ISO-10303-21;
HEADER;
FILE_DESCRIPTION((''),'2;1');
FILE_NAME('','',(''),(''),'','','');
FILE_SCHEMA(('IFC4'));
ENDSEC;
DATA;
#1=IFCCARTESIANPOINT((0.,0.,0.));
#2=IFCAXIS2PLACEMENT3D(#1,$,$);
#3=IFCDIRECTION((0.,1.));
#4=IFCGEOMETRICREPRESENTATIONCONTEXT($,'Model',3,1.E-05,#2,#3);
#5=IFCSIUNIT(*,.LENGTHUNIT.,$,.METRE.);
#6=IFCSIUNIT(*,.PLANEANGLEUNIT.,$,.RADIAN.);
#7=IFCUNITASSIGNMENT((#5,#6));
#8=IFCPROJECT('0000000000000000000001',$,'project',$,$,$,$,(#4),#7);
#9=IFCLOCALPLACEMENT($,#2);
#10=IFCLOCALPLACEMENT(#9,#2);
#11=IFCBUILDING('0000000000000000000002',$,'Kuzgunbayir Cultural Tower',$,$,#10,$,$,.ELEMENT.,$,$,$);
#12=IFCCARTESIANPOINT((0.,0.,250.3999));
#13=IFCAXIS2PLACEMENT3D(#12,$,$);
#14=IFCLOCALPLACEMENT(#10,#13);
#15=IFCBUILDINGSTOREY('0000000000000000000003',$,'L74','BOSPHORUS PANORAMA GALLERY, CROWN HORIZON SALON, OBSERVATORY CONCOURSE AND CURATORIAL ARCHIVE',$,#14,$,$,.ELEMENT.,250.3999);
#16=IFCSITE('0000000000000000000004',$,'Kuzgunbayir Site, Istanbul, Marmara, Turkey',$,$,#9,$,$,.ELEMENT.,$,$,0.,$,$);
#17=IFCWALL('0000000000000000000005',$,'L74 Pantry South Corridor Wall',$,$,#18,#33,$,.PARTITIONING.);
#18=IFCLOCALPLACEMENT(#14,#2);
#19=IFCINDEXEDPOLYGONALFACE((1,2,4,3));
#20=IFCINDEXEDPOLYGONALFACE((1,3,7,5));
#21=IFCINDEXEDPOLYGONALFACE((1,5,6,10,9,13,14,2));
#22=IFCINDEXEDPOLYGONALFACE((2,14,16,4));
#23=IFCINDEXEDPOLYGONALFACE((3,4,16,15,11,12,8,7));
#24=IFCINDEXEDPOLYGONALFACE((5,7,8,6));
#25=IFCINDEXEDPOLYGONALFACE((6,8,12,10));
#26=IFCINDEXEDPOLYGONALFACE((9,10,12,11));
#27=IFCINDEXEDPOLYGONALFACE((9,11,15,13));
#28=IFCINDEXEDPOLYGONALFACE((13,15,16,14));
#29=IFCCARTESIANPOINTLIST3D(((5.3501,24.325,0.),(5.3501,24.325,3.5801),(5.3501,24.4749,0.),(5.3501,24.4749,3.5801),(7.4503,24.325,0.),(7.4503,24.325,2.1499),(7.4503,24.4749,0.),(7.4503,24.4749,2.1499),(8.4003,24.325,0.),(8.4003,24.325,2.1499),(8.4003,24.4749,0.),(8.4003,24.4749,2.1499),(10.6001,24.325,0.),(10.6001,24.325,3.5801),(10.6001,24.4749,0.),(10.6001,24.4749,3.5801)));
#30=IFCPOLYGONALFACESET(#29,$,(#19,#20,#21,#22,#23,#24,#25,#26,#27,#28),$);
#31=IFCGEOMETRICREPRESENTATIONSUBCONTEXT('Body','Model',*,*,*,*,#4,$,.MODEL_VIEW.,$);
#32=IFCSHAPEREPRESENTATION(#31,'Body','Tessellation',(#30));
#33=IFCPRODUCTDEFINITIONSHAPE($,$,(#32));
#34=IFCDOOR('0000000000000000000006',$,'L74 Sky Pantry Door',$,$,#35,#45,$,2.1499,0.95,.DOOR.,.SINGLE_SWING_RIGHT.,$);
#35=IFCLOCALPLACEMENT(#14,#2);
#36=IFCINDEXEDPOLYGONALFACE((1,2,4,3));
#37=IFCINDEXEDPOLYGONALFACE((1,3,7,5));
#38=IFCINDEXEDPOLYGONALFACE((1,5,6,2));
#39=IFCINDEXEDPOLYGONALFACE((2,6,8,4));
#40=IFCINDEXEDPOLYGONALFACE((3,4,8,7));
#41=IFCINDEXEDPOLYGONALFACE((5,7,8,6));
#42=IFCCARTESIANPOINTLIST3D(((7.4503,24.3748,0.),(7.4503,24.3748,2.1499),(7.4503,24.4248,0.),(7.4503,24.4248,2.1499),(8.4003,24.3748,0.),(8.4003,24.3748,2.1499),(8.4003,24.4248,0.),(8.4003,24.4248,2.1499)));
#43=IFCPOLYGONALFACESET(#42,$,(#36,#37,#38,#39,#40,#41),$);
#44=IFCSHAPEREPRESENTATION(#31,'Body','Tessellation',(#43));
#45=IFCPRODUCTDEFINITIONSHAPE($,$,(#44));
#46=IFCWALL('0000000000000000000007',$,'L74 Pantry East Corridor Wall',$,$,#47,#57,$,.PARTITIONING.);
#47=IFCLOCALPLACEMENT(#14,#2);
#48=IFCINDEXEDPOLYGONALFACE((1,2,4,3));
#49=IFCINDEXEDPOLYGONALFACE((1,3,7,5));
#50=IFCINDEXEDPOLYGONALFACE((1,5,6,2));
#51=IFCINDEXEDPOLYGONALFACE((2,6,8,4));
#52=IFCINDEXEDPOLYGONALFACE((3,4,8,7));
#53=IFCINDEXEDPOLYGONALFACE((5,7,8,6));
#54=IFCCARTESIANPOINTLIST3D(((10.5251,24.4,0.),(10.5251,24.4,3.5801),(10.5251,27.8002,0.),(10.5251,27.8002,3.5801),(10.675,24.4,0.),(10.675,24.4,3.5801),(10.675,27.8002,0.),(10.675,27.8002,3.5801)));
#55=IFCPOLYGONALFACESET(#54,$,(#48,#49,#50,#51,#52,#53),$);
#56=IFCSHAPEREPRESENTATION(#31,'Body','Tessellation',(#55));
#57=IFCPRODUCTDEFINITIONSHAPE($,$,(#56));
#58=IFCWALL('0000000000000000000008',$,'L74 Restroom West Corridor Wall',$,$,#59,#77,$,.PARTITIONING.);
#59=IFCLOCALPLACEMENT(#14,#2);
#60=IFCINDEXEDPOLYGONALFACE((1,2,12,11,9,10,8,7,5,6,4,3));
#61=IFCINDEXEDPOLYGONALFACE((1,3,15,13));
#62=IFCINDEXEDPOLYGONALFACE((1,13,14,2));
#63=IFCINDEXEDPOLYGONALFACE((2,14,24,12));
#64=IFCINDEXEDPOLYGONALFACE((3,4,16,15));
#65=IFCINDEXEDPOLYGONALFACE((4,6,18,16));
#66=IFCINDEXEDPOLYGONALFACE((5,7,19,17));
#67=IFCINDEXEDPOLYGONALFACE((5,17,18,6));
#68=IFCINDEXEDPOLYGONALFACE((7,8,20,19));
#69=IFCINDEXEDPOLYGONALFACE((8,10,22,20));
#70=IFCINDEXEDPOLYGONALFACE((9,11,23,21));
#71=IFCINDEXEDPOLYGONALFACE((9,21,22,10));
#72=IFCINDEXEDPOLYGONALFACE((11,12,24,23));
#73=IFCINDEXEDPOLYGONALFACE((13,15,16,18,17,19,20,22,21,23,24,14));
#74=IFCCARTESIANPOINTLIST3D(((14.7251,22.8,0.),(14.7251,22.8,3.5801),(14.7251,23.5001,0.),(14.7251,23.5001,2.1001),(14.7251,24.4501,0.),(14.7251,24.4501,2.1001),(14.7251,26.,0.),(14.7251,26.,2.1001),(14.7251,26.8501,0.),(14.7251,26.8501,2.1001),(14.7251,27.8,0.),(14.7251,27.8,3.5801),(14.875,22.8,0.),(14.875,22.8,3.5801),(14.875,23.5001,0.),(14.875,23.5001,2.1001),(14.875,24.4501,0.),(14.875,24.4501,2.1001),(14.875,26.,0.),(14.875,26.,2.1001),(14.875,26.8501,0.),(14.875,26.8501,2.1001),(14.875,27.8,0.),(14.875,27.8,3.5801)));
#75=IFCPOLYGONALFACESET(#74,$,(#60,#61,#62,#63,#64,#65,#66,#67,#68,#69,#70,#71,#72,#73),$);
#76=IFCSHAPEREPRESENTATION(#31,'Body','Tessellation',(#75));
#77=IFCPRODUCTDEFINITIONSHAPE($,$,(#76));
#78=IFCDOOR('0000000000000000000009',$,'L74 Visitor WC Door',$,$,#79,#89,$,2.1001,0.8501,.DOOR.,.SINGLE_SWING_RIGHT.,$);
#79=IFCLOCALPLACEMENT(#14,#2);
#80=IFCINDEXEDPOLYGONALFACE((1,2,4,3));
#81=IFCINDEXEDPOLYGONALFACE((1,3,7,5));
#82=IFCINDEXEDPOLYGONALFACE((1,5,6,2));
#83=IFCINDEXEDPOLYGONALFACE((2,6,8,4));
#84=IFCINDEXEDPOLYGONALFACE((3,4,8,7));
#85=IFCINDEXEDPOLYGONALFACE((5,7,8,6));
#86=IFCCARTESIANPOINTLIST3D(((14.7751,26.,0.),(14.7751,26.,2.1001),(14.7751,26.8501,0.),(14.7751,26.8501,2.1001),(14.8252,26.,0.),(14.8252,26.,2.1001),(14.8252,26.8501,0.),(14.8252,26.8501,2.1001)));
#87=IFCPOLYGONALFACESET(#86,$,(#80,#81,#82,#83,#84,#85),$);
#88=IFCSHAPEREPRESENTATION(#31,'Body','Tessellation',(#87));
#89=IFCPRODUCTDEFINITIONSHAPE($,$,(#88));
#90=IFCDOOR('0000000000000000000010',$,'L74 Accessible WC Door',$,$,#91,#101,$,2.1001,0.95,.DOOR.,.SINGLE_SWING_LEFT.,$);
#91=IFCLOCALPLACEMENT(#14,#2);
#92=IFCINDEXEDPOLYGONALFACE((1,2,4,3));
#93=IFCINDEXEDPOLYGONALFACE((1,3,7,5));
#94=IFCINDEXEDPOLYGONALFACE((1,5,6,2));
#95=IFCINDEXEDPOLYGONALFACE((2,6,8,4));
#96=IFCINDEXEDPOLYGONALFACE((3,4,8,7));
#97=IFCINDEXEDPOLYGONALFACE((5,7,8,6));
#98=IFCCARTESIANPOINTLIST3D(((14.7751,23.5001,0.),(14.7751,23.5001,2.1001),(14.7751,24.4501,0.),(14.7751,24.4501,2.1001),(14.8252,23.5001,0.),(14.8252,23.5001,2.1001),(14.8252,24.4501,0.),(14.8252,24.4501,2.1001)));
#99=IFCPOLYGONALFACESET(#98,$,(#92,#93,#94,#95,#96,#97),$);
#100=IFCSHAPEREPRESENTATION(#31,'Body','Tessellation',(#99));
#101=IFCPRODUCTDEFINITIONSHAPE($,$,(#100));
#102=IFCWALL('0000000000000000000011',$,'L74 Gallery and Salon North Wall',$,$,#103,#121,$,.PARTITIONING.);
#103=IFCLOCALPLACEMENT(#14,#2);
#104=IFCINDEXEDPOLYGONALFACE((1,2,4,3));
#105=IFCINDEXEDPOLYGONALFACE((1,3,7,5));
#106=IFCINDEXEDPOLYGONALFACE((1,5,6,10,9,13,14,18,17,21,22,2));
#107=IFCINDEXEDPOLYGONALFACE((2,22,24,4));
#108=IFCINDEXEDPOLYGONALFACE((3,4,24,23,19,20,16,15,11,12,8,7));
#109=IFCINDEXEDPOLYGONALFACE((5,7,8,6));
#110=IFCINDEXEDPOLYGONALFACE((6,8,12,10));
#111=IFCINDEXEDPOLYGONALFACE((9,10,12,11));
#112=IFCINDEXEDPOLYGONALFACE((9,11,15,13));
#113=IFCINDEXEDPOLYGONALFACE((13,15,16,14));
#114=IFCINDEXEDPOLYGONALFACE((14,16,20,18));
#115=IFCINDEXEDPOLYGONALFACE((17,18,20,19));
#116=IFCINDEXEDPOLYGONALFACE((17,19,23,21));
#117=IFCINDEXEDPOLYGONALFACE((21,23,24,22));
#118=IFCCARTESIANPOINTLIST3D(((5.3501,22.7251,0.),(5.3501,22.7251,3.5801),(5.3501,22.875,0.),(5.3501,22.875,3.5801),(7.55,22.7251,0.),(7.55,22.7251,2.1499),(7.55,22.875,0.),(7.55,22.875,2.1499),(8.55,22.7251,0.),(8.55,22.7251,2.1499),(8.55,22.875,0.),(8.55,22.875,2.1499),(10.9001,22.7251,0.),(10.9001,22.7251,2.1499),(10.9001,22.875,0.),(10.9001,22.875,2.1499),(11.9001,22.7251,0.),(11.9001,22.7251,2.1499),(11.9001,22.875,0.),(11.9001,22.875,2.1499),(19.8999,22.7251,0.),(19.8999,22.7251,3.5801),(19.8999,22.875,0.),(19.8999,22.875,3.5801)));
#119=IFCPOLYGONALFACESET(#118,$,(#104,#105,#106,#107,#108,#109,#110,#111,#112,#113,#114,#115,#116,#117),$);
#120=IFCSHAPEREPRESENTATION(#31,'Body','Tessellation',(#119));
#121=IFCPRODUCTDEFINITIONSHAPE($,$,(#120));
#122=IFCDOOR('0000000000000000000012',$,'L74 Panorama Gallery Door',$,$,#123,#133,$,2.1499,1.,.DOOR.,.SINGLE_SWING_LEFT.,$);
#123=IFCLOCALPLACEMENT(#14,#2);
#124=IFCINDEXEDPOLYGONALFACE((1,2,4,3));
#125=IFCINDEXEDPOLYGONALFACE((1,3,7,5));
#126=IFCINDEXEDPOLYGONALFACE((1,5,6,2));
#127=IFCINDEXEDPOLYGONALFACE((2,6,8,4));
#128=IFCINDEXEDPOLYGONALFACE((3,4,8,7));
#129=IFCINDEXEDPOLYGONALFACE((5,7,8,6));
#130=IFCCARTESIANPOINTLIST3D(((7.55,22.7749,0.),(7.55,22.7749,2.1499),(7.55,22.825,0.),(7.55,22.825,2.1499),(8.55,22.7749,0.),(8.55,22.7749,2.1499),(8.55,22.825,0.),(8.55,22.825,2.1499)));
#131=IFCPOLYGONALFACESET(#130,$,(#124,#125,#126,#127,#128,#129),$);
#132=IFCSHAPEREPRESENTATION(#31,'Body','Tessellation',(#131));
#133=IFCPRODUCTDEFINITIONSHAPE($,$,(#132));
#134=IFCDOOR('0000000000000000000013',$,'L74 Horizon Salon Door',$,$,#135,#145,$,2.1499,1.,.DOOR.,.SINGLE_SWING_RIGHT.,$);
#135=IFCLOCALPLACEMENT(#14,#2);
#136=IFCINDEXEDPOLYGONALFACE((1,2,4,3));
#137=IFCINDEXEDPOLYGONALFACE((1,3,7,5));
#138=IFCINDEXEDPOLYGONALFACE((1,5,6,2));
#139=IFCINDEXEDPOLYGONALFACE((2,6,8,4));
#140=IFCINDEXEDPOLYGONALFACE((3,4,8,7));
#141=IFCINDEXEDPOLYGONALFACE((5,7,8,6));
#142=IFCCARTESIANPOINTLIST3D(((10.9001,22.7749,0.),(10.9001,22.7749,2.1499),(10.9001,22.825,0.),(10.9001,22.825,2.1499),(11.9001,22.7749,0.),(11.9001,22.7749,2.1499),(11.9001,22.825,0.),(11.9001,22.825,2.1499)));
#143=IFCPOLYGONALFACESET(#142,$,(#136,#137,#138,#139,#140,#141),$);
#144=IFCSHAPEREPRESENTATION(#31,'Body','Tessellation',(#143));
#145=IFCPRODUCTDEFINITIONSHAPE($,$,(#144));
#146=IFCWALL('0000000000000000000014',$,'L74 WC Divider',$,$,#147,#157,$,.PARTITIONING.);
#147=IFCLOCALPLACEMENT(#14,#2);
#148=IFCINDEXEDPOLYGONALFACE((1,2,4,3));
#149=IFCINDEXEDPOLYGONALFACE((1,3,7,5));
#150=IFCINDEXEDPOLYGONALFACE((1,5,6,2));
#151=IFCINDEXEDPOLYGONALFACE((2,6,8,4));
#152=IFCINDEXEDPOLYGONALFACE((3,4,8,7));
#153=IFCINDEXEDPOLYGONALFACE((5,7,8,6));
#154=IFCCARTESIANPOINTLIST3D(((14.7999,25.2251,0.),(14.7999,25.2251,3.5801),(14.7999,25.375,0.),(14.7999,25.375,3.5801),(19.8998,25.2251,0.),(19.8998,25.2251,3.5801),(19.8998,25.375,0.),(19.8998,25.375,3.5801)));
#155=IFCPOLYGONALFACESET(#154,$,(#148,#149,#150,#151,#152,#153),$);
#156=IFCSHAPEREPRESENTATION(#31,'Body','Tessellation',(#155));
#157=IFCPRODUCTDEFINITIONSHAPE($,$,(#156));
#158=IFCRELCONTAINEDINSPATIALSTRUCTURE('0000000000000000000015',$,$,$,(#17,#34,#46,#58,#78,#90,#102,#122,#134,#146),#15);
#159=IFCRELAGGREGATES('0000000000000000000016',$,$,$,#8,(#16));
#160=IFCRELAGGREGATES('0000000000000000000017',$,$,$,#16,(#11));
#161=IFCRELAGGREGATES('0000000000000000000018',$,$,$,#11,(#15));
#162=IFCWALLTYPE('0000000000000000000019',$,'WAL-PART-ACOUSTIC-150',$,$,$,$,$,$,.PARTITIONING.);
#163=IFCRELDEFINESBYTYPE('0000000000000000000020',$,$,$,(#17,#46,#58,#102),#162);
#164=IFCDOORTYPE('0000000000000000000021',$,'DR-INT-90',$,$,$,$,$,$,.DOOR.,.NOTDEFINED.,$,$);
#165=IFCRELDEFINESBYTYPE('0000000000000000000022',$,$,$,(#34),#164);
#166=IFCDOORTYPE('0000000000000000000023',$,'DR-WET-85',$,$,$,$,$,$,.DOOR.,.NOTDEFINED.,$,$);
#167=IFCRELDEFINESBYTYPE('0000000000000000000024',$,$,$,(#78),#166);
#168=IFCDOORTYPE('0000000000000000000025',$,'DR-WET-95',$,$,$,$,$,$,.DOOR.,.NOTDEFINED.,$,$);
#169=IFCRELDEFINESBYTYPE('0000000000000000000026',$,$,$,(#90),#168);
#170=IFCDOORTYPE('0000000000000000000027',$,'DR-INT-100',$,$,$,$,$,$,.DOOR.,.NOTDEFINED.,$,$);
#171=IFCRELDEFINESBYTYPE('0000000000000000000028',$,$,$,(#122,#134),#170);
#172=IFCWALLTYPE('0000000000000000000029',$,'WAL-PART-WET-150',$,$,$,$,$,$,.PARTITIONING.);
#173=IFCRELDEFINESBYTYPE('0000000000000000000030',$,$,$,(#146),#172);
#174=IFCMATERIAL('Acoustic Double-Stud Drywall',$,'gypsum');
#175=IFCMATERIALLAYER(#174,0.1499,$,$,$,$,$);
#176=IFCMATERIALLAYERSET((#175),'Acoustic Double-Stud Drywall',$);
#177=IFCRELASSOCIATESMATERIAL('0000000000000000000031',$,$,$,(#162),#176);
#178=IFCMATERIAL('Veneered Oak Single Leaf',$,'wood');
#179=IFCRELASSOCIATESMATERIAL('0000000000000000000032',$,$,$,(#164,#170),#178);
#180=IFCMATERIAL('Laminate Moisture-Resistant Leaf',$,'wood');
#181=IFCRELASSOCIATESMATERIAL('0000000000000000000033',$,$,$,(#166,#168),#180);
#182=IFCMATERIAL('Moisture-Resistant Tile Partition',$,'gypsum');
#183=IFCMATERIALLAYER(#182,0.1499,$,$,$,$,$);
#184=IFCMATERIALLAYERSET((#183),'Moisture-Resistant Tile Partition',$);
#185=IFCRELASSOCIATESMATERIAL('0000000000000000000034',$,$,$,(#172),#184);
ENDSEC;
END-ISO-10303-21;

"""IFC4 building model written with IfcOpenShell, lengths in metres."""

from ifc_helpers import new_model, si_unit, direction, frame, frame_2d, origin, place, context, subcontext, project, spatial, rectangle, extrude, material, layer, layer_set, type_object, element, fill, save


model = new_model("IFC4")

# Units and contexts
model_context = context("Model", 3, precision=1e-05, world=origin(), true_north=direction((0.0, 1.0)))
body_context = subcontext(model_context, "Body", "Model", "MODEL_VIEW")
ifc_project = project(units=[si_unit("LENGTHUNIT", "METRE"), si_unit("PLANEANGLEUNIT", "RADIAN")], contexts=[model_context])

# Site, building, storey
site_placement = place(None, origin())
site = spatial("IfcSite", under=ifc_project, at=site_placement, Name="Kuzgunbayir Site, Istanbul, Marmara, Turkey", CompositionType="ELEMENT", RefElevation=0.0)
building_placement = place(site_placement, origin())
building = spatial("IfcBuilding", under=site, at=building_placement, Name="Kuzgunbayir Cultural Tower", CompositionType="ELEMENT")
storey_placement = place(building_placement, frame((0.0, 0.0, 250.3999)))
storey = spatial("IfcBuildingStorey", under=building, at=storey_placement, Name="L74", Description="BOSPHORUS PANORAMA GALLERY, CROWN HORIZON SALON, OBSERVATORY CONCOURSE AND CURATORIAL ARCHIVE", CompositionType="ELEMENT", Elevation=250.3999)

# Shared definitions
ifc_material_1 = material(Name="Acoustic Double-Stud Drywall", Category="gypsum")
ifc_layer_1 = layer(ifc_material_1, 0.1499)
ifc_layer_set_1 = layer_set([ifc_layer_1], Name="Acoustic Double-Stud Drywall")
wall_type_1 = type_object("IfcWallType", Name="WAL-PART-ACOUSTIC-150", PredefinedType="PARTITIONING", material=ifc_layer_set_1)

# Wall, opening, door
wall_1_placement = place(storey_placement, frame((5.3501, 24.3999, 0.0), z_axis=(0.0, 0.0, 1.0), x_axis=(1.0, 0.0, 0.0)))
wall_1 = element("IfcWall", 1, at=wall_1_placement, inside=storey, type_object=wall_type_1, Name="L74 Pantry South Corridor Wall", PredefinedType="PARTITIONING", context=body_context, shape_type="SweptSolid", body=[
    extrude(rectangle(XDim=5.25, YDim=0.1499, at=frame_2d((2.625, 0.0))), origin(), (0.0, 0.0, 1.0), 3.5801),
])
opening_1_placement = place(wall_1_placement, frame((2.1001, 0.0, 0.0)))
opening_1 = element("IfcOpeningElement", 2, at=opening_1_placement, cuts=wall_1, PredefinedType="OPENING", context=body_context, shape_type="SweptSolid", body=[
    extrude(rectangle(XDim=0.95, YDim=2.1499, at=frame_2d((0.4751, 1.075))), frame((0.0, 0.085, 0.0), z_axis=(0.0, -1.0, 0.0), x_axis=(1.0, 0.0, 0.0)), (0.0, 0.0, 1.0), 0.1699),
])
ifc_material_2 = material(Name="Veneered Oak Single Leaf", Category="wood")
door_type_1 = type_object("IfcDoorType", Name="DR-INT-90", OperationType="NOTDEFINED", PredefinedType="DOOR", material=ifc_material_2)
door_1_placement = place(opening_1_placement, origin())
door_1 = element("IfcDoor", 3, at=door_1_placement, inside=storey, type_object=door_type_1, Name="L74 Sky Pantry Door", OperationType="SINGLE_SWING_RIGHT", OverallHeight=2.1499, OverallWidth=0.95, PredefinedType="DOOR", context=body_context, shape_type="SweptSolid", body=[
    extrude(rectangle(XDim=0.95, YDim=2.1499, at=frame_2d((0.4751, 1.075))), frame((0.0, 0.0249, 0.0), z_axis=(0.0, -1.0, 0.0), x_axis=(1.0, 0.0, 0.0)), (0.0, 0.0, 1.0), 0.05),
])
fill(opening_1, door_1)

# Wall
wall_2_placement = place(storey_placement, frame((10.6001, 24.3999, 0.0), z_axis=(0.0, 0.0, 1.0), x_axis=(0.0, 1.0, 0.0)))
element("IfcWall", 4, at=wall_2_placement, inside=storey, type_object=wall_type_1, Name="L74 Pantry East Corridor Wall", PredefinedType="PARTITIONING", context=body_context, shape_type="SweptSolid", body=[
    extrude(rectangle(XDim=3.4001, YDim=0.1499, at=frame_2d((1.7002, 0.0))), origin(), (0.0, 0.0, 1.0), 3.5801),
])

# Walls, openings, doors
wall_3_placement = place(storey_placement, frame((14.8, 22.8, 0.0), z_axis=(0.0, 0.0, 1.0), x_axis=(0.0, 1.0, 0.0)))
wall_3 = element("IfcWall", 5, at=wall_3_placement, inside=storey, type_object=wall_type_1, Name="L74 Restroom West Corridor Wall", PredefinedType="PARTITIONING", context=body_context, shape_type="SweptSolid", body=[
    extrude(rectangle(XDim=5.0, YDim=0.1499, at=frame_2d((2.5, 0.0))), origin(), (0.0, 0.0, 1.0), 3.5801),
])
opening_2_placement = place(wall_3_placement, frame((3.2, 0.0, 0.0)))
opening_2 = element("IfcOpeningElement", 6, at=opening_2_placement, cuts=wall_3, PredefinedType="OPENING", context=body_context, shape_type="SweptSolid", body=[
    extrude(rectangle(XDim=0.8501, YDim=2.1001, at=frame_2d((0.425, 1.05))), frame((0.0, 0.085, 0.0), z_axis=(0.0, -1.0, 0.0), x_axis=(1.0, 0.0, 0.0)), (0.0, 0.0, 1.0), 0.1699),
])
opening_3_placement = place(wall_3_placement, frame((0.7, 0.0, 0.0)))
opening_3 = element("IfcOpeningElement", 7, at=opening_3_placement, cuts=wall_3, PredefinedType="OPENING", context=body_context, shape_type="SweptSolid", body=[
    extrude(rectangle(XDim=0.95, YDim=2.1001, at=frame_2d((0.4751, 1.05))), frame((0.0, 0.085, 0.0), z_axis=(0.0, -1.0, 0.0), x_axis=(1.0, 0.0, 0.0)), (0.0, 0.0, 1.0), 0.1699),
])
ifc_material_3 = material(Name="Laminate Moisture-Resistant Leaf", Category="wood")
door_type_2 = type_object("IfcDoorType", Name="DR-WET-85", OperationType="NOTDEFINED", PredefinedType="DOOR", material=ifc_material_3)
door_2_placement = place(opening_2_placement, origin())
door_2 = element("IfcDoor", 8, at=door_2_placement, inside=storey, type_object=door_type_2, Name="L74 Visitor WC Door", OperationType="SINGLE_SWING_RIGHT", OverallHeight=2.1001, OverallWidth=0.8501, PredefinedType="DOOR", context=body_context, shape_type="SweptSolid", body=[
    extrude(rectangle(XDim=0.8501, YDim=2.1001, at=frame_2d((0.425, 1.05))), frame((0.0, 0.0249, 0.0), z_axis=(0.0, -1.0, 0.0), x_axis=(1.0, 0.0, 0.0)), (0.0, 0.0, 1.0), 0.05),
])
fill(opening_2, door_2)
door_type_3 = type_object("IfcDoorType", Name="DR-WET-95", OperationType="NOTDEFINED", PredefinedType="DOOR", material=ifc_material_3)
door_3_placement = place(opening_3_placement, origin())
door_3 = element("IfcDoor", 9, at=door_3_placement, inside=storey, type_object=door_type_3, Name="L74 Accessible WC Door", OperationType="SINGLE_SWING_LEFT", OverallHeight=2.1001, OverallWidth=0.95, PredefinedType="DOOR", context=body_context, shape_type="SweptSolid", body=[
    extrude(rectangle(XDim=0.95, YDim=2.1001, at=frame_2d((0.4751, 1.05))), frame((0.0, 0.0249, 0.0), z_axis=(0.0, -1.0, 0.0), x_axis=(1.0, 0.0, 0.0)), (0.0, 0.0, 1.0), 0.05),
])
fill(opening_3, door_3)
wall_4_placement = place(storey_placement, frame((5.3501, 22.8, 0.0), z_axis=(0.0, 0.0, 1.0), x_axis=(1.0, 0.0, 0.0)))
wall_4 = element("IfcWall", 10, at=wall_4_placement, inside=storey, type_object=wall_type_1, Name="L74 Gallery and Salon North Wall", PredefinedType="PARTITIONING", context=body_context, shape_type="SweptSolid", body=[
    extrude(rectangle(XDim=14.5498, YDim=0.1499, at=frame_2d((7.2749, 0.0))), origin(), (0.0, 0.0, 1.0), 3.5801),
])
opening_4_placement = place(wall_4_placement, frame((2.2, 0.0, 0.0)))
opening_4 = element("IfcOpeningElement", 11, at=opening_4_placement, cuts=wall_4, PredefinedType="OPENING", context=body_context, shape_type="SweptSolid", body=[
    extrude(rectangle(XDim=1.0, YDim=2.1499, at=frame_2d((0.5, 1.075))), frame((0.0, 0.085, 0.0), z_axis=(0.0, -1.0, 0.0), x_axis=(1.0, 0.0, 0.0)), (0.0, 0.0, 1.0), 0.1699),
])
opening_5_placement = place(wall_4_placement, frame((5.55, 0.0, 0.0)))
opening_5 = element("IfcOpeningElement", 12, at=opening_5_placement, cuts=wall_4, PredefinedType="OPENING", context=body_context, shape_type="SweptSolid", body=[
    extrude(rectangle(XDim=1.0, YDim=2.1499, at=frame_2d((0.5, 1.075))), frame((0.0, 0.085, 0.0), z_axis=(0.0, -1.0, 0.0), x_axis=(1.0, 0.0, 0.0)), (0.0, 0.0, 1.0), 0.1699),
])
door_type_4 = type_object("IfcDoorType", Name="DR-INT-100", OperationType="NOTDEFINED", PredefinedType="DOOR", material=ifc_material_2)
door_4_placement = place(opening_4_placement, origin())
door_4 = element("IfcDoor", 13, at=door_4_placement, inside=storey, type_object=door_type_4, Name="L74 Panorama Gallery Door", OperationType="SINGLE_SWING_LEFT", OverallHeight=2.1499, OverallWidth=1.0, PredefinedType="DOOR", context=body_context, shape_type="SweptSolid", body=[
    extrude(rectangle(XDim=1.0, YDim=2.1499, at=frame_2d((0.5, 1.075))), frame((0.0, 0.0249, 0.0), z_axis=(0.0, -1.0, 0.0), x_axis=(1.0, 0.0, 0.0)), (0.0, 0.0, 1.0), 0.05),
])
fill(opening_4, door_4)
door_5_placement = place(opening_5_placement, origin())
door_5 = element("IfcDoor", 14, at=door_5_placement, inside=storey, type_object=door_type_4, Name="L74 Horizon Salon Door", OperationType="SINGLE_SWING_RIGHT", OverallHeight=2.1499, OverallWidth=1.0, PredefinedType="DOOR", context=body_context, shape_type="SweptSolid", body=[
    extrude(rectangle(XDim=1.0, YDim=2.1499, at=frame_2d((0.5, 1.075))), frame((0.0, 0.0249, 0.0), z_axis=(0.0, -1.0, 0.0), x_axis=(1.0, 0.0, 0.0)), (0.0, 0.0, 1.0), 0.05),
])
fill(opening_5, door_5)

# Wall
ifc_material_4 = material(Name="Moisture-Resistant Tile Partition", Category="gypsum")
ifc_layer_2 = layer(ifc_material_4, 0.1499)
ifc_layer_set_2 = layer_set([ifc_layer_2], Name="Moisture-Resistant Tile Partition")
wall_type_2 = type_object("IfcWallType", Name="WAL-PART-WET-150", PredefinedType="PARTITIONING", material=ifc_layer_set_2)
wall_5_placement = place(storey_placement, frame((14.8, 25.3, 0.0), z_axis=(0.0, 0.0, 1.0), x_axis=(1.0, 0.0, 0.0)))
element("IfcWall", 15, at=wall_5_placement, inside=storey, type_object=wall_type_2, Name="L74 WC Divider", PredefinedType="PARTITIONING", context=body_context, shape_type="SweptSolid", body=[
    extrude(rectangle(XDim=5.0999, YDim=0.1499, at=frame_2d((2.5498, 0.0))), origin(), (0.0, 0.0, 1.0), 3.5801),
])

save(model, "model.ifc")
